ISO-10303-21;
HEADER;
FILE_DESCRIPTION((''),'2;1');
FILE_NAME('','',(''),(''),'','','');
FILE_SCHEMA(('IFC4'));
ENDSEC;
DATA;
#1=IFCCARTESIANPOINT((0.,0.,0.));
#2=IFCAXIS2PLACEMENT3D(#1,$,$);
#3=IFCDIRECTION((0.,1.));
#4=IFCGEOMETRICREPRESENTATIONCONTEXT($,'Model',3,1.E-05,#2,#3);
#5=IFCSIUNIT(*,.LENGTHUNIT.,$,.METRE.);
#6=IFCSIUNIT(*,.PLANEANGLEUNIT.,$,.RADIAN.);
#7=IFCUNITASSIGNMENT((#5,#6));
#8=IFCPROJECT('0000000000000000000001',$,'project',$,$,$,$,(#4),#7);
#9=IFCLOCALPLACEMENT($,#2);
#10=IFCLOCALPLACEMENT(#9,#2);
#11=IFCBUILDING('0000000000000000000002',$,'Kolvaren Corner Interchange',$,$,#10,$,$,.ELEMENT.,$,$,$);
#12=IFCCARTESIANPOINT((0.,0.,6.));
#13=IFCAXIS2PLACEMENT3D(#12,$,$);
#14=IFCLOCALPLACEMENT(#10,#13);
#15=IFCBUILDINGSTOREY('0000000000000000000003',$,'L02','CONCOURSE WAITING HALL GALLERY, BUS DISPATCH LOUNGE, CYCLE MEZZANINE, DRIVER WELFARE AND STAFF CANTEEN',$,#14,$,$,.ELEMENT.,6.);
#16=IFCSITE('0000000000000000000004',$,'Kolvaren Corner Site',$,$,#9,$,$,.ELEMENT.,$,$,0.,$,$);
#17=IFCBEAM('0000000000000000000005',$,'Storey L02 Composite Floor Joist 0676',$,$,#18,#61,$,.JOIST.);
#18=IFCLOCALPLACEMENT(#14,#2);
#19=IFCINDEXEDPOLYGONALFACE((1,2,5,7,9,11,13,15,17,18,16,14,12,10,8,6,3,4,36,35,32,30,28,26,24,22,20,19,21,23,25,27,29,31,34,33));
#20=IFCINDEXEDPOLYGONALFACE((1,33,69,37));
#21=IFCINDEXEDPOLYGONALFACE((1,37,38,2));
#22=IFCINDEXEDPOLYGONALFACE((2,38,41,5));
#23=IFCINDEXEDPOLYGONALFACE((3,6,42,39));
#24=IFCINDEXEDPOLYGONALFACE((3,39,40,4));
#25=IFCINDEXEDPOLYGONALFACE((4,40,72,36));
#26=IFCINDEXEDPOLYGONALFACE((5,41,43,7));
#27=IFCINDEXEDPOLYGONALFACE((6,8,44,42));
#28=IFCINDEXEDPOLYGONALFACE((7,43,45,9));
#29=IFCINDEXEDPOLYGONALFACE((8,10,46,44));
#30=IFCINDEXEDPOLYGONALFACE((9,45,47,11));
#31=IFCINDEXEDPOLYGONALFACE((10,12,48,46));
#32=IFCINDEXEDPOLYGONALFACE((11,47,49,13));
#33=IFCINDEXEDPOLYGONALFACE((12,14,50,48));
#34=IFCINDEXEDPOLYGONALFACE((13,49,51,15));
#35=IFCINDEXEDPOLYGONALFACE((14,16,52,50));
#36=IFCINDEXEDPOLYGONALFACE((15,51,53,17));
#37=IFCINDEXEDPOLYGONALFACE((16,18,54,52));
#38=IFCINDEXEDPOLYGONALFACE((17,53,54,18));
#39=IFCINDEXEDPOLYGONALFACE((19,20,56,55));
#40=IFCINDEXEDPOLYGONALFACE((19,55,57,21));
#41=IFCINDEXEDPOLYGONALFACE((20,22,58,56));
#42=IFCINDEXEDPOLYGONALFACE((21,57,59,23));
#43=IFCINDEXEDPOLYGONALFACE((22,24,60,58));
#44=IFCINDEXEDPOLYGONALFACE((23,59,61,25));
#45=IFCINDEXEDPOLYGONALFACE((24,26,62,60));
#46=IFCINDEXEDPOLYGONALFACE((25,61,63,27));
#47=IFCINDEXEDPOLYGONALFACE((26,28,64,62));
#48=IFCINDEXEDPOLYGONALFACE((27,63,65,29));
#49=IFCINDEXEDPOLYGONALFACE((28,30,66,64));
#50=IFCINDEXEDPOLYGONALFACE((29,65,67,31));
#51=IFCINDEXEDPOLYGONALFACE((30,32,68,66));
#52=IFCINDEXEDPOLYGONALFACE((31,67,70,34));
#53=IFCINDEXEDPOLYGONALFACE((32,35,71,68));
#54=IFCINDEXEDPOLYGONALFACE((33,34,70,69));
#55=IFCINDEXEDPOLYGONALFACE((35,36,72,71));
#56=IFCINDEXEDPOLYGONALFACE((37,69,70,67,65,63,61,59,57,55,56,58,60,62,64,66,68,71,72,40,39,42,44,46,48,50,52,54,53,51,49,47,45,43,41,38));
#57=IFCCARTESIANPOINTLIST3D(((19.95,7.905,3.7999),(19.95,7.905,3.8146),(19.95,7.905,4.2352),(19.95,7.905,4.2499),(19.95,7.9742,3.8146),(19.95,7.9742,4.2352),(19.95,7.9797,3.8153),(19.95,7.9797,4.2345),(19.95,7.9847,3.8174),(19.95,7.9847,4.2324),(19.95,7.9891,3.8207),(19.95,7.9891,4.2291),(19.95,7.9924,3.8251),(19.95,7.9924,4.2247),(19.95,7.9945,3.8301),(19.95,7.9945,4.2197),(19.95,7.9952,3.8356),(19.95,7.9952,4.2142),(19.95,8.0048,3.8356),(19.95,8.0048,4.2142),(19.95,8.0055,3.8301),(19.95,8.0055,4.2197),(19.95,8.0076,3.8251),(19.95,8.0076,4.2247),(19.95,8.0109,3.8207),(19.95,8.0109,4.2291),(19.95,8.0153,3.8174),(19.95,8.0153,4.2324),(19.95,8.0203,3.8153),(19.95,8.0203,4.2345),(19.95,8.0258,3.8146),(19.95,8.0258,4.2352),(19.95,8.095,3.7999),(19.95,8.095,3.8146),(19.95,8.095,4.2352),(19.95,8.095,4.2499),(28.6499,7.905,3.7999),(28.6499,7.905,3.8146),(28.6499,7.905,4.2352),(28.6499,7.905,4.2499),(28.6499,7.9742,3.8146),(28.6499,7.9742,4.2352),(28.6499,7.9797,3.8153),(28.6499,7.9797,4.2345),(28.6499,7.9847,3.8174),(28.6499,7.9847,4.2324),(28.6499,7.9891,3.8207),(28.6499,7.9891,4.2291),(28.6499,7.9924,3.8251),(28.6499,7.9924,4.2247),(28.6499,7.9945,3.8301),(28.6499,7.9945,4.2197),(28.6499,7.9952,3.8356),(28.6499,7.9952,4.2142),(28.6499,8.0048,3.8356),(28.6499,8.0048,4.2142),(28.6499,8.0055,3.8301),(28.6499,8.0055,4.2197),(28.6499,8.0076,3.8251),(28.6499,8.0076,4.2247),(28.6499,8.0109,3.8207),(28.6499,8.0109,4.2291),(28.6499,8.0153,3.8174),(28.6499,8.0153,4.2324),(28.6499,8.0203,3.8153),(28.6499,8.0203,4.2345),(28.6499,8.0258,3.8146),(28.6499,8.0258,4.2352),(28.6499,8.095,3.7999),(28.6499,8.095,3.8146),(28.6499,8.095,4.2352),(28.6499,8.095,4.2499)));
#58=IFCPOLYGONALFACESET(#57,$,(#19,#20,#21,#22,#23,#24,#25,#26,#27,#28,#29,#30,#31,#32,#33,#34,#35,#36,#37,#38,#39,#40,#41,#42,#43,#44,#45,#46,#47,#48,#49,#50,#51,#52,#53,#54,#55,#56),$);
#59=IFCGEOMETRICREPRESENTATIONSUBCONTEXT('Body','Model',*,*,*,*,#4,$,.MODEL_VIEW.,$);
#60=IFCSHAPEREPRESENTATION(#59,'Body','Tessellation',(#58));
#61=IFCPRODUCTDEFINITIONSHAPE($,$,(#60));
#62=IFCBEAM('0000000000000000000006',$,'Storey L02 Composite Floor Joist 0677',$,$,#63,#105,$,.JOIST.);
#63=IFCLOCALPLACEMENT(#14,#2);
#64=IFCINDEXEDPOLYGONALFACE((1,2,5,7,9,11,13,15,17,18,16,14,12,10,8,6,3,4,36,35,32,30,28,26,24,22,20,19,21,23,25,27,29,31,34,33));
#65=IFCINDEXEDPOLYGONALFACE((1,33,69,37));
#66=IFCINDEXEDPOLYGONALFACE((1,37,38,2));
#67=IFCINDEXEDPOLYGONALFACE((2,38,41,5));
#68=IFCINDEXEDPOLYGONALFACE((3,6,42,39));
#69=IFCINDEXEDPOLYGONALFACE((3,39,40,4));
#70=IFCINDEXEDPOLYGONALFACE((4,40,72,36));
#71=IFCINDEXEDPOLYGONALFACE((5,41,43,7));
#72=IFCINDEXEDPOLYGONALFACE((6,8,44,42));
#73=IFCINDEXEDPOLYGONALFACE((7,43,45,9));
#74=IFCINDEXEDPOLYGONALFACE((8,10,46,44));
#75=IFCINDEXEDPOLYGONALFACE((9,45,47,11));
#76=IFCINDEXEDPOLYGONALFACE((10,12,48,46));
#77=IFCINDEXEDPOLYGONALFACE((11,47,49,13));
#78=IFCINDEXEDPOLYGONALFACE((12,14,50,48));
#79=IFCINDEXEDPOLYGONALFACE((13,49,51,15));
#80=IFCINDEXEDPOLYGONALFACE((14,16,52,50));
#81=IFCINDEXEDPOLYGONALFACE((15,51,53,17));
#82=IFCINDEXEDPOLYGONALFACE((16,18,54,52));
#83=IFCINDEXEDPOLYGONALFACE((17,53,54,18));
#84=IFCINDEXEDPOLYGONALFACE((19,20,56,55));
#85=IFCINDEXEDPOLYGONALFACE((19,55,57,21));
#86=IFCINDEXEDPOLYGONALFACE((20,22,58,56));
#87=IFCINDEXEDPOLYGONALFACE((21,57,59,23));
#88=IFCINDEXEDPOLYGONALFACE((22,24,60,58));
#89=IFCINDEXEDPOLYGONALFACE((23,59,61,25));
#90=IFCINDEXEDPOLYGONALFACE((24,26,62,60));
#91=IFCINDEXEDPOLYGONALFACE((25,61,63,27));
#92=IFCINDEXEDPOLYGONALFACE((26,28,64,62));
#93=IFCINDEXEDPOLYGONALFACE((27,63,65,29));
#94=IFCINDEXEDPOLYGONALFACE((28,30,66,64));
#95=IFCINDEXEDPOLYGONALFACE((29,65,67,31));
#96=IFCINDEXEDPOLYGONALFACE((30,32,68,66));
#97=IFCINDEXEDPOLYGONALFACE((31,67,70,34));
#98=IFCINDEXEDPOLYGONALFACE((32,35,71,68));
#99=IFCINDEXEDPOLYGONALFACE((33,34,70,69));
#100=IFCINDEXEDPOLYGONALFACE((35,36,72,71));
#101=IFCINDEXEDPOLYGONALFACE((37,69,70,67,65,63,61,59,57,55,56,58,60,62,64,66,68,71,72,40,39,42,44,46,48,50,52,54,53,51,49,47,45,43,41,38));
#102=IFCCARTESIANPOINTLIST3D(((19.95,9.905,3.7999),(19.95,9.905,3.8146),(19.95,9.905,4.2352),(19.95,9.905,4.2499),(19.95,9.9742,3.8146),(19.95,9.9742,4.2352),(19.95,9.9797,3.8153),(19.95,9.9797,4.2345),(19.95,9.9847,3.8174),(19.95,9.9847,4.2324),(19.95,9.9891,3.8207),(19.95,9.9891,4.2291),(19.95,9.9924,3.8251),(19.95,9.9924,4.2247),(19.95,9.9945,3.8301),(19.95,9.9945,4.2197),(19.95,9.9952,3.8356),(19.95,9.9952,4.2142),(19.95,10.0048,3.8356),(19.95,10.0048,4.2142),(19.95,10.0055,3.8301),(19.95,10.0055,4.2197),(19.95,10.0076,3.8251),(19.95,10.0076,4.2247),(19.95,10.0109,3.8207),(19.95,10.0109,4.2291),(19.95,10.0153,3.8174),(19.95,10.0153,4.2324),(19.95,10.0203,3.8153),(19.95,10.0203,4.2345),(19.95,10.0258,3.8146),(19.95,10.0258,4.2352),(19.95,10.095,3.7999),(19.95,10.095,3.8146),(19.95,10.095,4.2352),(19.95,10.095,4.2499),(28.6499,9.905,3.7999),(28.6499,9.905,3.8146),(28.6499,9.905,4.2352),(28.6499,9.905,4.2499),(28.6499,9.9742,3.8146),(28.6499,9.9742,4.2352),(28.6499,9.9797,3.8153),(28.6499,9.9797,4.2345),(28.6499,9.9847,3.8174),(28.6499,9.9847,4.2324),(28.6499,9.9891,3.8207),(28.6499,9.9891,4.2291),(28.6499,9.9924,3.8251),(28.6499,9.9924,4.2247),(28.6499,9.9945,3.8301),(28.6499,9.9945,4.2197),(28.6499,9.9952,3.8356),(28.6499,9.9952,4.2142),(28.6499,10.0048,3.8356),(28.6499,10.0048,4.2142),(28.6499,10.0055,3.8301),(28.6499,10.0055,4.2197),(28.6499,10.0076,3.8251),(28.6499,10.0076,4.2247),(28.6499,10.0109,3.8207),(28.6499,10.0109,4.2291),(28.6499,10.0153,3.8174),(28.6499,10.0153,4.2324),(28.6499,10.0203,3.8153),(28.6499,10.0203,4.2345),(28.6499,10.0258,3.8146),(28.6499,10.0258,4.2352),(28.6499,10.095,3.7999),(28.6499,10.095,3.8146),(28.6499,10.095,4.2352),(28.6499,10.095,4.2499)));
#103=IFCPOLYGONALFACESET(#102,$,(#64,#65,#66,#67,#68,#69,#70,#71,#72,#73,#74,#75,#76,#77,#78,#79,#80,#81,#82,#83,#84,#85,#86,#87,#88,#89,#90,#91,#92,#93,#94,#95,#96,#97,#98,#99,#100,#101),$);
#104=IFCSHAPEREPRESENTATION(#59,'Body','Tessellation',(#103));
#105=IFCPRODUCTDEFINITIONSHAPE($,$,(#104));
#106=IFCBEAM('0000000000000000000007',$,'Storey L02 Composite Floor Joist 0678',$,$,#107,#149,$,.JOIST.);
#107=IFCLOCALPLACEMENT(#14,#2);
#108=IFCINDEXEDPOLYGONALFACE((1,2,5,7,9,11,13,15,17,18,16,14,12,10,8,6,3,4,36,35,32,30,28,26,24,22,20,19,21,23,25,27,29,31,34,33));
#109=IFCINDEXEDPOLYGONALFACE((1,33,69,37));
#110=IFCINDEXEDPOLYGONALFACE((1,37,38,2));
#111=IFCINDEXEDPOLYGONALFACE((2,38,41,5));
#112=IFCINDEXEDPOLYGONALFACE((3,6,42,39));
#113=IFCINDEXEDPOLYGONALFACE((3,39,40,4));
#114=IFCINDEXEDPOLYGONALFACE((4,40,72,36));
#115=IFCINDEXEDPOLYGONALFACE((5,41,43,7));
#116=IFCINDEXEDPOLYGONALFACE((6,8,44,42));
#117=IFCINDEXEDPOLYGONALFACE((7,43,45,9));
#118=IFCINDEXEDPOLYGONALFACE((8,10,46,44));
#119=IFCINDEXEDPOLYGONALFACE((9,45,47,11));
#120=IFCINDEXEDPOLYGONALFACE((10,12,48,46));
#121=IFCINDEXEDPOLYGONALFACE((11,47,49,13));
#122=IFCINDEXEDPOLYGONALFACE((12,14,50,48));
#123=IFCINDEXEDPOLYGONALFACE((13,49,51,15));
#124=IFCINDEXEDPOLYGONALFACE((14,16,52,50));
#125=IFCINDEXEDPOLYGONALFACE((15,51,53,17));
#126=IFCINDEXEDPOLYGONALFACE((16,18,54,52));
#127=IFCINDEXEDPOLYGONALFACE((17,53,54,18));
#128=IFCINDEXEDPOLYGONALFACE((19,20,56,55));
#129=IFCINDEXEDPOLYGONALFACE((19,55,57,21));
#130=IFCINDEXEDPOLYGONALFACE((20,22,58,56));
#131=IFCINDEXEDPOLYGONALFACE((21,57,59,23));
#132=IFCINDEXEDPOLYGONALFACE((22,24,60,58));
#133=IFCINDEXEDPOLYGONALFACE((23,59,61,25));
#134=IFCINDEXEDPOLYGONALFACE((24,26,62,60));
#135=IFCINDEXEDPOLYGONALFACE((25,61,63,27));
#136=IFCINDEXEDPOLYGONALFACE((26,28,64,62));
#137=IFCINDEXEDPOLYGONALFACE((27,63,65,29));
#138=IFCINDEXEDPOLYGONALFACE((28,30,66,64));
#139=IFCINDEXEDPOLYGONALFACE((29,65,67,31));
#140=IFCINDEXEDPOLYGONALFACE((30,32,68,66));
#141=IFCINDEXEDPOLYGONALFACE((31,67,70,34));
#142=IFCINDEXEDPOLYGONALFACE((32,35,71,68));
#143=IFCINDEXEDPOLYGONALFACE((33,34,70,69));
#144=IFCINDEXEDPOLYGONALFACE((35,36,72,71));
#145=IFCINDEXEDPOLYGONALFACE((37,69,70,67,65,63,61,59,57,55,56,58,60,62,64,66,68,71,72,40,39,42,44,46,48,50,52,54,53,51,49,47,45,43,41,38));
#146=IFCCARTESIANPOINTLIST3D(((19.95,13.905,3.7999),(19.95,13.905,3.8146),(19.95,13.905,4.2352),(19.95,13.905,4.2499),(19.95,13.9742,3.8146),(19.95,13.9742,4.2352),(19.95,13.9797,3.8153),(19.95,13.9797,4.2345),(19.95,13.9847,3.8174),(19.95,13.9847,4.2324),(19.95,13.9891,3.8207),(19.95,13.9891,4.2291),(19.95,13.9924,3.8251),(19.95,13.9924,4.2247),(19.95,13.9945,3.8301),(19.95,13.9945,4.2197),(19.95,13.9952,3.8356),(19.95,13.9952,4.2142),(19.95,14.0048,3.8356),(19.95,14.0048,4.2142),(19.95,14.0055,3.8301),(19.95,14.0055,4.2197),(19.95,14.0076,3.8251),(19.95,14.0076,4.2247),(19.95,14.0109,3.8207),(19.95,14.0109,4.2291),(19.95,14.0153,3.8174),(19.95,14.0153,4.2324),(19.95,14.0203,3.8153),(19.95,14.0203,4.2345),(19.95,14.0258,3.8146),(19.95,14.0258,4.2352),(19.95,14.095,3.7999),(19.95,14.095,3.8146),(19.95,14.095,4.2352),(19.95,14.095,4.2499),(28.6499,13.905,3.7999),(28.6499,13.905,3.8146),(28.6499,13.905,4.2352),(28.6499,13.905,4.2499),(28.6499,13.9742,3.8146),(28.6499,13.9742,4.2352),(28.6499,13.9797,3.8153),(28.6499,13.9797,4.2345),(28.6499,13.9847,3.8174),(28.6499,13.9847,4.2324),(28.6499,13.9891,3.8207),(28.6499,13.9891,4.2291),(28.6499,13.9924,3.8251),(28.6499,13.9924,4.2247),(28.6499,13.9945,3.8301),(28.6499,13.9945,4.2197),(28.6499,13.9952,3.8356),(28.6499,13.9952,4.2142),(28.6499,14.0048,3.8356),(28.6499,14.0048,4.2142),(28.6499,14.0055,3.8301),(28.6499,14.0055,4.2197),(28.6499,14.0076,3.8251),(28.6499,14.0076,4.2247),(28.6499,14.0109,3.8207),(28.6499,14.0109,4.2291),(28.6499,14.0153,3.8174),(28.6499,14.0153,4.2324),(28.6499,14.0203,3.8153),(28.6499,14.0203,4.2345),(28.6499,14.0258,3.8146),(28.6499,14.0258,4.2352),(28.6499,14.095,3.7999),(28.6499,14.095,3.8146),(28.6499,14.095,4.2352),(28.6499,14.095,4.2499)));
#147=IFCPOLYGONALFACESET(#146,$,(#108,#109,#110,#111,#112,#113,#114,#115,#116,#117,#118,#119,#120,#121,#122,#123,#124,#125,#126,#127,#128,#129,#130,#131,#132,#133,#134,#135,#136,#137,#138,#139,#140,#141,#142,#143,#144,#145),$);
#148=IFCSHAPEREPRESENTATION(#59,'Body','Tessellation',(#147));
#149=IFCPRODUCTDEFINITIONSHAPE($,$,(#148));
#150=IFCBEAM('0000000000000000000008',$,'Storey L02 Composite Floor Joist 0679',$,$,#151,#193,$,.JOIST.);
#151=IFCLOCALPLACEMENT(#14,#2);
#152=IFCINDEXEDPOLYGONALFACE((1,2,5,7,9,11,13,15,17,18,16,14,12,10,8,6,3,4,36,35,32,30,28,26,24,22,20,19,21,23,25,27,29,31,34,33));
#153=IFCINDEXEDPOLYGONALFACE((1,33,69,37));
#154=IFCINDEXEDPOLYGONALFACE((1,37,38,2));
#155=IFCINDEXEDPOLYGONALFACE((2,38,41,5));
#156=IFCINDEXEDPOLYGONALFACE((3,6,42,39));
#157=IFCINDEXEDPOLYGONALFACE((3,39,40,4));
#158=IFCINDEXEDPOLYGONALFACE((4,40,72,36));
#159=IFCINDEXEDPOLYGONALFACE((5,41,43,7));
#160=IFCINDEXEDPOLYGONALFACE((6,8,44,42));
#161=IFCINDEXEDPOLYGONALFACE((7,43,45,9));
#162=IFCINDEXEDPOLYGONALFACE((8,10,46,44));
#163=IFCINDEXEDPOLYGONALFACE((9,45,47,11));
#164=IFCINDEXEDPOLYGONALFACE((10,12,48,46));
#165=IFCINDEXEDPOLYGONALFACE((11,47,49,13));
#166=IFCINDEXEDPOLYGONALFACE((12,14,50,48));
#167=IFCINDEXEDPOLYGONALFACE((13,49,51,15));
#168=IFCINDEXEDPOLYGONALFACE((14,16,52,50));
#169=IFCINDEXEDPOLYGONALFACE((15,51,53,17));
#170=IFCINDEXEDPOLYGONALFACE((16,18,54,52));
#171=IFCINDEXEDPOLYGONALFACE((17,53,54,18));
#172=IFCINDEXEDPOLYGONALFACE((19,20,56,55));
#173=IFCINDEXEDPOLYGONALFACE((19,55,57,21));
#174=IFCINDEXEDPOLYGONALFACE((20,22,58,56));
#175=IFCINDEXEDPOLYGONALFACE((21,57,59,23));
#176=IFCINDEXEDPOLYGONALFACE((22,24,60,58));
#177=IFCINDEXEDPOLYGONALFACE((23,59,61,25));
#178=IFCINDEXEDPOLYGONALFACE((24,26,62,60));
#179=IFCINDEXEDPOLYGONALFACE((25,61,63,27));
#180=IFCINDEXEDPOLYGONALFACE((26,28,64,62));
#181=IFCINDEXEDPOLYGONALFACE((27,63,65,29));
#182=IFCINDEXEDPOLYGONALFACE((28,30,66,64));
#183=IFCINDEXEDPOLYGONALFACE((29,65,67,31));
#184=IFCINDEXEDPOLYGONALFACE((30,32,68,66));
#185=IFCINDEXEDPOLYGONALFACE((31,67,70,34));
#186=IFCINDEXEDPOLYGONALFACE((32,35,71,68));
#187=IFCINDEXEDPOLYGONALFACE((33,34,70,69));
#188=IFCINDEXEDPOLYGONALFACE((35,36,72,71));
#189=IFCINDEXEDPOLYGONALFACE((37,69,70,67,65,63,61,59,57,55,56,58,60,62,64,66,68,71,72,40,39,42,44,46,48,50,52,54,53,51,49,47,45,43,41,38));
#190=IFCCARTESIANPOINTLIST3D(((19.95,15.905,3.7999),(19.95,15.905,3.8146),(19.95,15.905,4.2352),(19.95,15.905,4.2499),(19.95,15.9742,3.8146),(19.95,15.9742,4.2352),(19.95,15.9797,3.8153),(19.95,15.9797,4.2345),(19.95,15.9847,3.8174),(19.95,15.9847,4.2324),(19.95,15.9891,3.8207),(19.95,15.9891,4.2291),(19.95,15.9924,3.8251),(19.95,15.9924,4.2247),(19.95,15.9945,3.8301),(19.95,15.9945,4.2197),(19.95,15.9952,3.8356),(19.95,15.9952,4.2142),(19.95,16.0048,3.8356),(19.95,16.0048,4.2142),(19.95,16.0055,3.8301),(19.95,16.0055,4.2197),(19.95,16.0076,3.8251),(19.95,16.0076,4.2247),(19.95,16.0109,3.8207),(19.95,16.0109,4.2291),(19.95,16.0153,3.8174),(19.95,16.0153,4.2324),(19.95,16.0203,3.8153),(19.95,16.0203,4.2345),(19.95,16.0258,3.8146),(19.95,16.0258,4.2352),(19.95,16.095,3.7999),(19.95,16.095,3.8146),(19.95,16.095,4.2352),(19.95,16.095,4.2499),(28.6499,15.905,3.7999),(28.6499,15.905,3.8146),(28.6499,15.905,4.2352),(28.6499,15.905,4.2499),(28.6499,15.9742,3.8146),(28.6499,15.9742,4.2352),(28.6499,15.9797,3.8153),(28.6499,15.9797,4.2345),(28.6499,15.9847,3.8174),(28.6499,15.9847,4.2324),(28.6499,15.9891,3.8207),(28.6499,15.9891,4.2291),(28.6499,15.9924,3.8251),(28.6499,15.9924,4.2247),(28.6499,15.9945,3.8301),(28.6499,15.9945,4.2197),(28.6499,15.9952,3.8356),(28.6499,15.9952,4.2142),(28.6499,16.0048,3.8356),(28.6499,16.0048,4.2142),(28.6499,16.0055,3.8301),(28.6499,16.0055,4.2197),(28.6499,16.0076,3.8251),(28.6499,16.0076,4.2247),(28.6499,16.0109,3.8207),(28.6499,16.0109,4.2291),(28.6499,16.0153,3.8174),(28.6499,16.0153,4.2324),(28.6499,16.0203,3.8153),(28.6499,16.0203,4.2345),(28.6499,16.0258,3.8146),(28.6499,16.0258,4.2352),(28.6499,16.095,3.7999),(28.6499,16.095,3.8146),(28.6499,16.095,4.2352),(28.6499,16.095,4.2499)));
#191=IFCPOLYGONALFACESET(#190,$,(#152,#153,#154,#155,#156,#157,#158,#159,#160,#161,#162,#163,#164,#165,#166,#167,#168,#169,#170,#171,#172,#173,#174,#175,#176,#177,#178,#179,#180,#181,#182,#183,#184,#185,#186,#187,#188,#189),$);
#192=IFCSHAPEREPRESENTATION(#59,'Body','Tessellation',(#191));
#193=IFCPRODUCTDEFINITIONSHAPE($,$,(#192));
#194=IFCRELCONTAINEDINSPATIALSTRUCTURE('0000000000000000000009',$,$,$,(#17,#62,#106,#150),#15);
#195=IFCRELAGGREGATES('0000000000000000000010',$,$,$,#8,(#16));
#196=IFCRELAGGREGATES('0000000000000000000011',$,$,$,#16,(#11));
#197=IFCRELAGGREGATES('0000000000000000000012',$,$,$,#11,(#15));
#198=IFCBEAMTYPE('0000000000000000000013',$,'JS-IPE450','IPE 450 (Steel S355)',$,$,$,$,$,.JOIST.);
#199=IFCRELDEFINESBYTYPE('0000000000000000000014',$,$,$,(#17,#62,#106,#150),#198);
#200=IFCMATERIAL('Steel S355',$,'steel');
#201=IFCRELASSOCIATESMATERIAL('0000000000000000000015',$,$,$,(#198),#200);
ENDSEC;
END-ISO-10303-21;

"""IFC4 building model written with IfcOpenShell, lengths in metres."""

from ifc_helpers import new_model, si_unit, direction, frame, origin, origin_2d, place, context, subcontext, project, spatial, i_section, extrude, material, material_profile, profile_set, type_object, element, save


model = new_model("IFC4")

# Units and contexts
model_context = context("Model", 3, precision=1e-05, world=origin(), true_north=direction((0.0, 1.0)))
body_context = subcontext(model_context, "Body", "Model", "MODEL_VIEW")
ifc_project = project(units=[si_unit("LENGTHUNIT", "METRE"), si_unit("PLANEANGLEUNIT", "RADIAN")], contexts=[model_context])

# Site, building, storey
site_placement = place(None, origin())
site = spatial("IfcSite", under=ifc_project, at=site_placement, Name="Kolvaren Corner Site", CompositionType="ELEMENT", RefElevation=0.0)
building_placement = place(site_placement, origin())
building = spatial("IfcBuilding", under=site, at=building_placement, Name="Kolvaren Corner Interchange", CompositionType="ELEMENT")
storey_placement = place(building_placement, frame((0.0, 0.0, 6.0)))
storey = spatial("IfcBuildingStorey", under=building, at=storey_placement, Name="L02", Description="CONCOURSE WAITING HALL GALLERY, BUS DISPATCH LOUNGE, CYCLE MEZZANINE, DRIVER WELFARE AND STAFF CANTEEN", CompositionType="ELEMENT", Elevation=6.0)

# Beams
ifc_material_1 = material(Name="Steel S355", Category="steel")
ifc_material_profile_1 = material_profile(ifc_material_1, i_section(OverallWidth=0.1899, OverallDepth=0.45, WebThickness=0.0095, FlangeThickness=0.0146, FilletRadius=0.021, at=origin_2d()), Name="IPE 450")
ifc_profile_set_1 = profile_set([ifc_material_profile_1], Name="Steel S355")
beam_type_1 = type_object("IfcBeamType", Name="JS-IPE450", Description="IPE 450 (Steel S355)", PredefinedType="JOIST", material=ifc_profile_set_1)
for number, where, z_axis, x_axis, name in (
    (1, (19.95, 8.0, 4.0249), (1.0, 0.0, 0.0), (0.0, 1.0, 0.0), "Storey L02 Composite Floor Joist 0676"),
    (2, (19.95, 10.0, 4.0249), (1.0, 0.0, 0.0), (0.0, 1.0, 0.0), "Storey L02 Composite Floor Joist 0677"),
    (3, (19.95, 14.0, 4.0249), (1.0, 0.0, 0.0), (0.0, 1.0, 0.0), "Storey L02 Composite Floor Joist 0678"),
    (4, (19.95, 16.0, 4.0249), (1.0, 0.0, 0.0), (0.0, 1.0, 0.0), "Storey L02 Composite Floor Joist 0679"),
):
    element("IfcBeam", number, at=place(storey_placement, frame(where, z_axis=z_axis, x_axis=x_axis)), inside=storey, type_object=beam_type_1, Name=name, PredefinedType="JOIST", context=body_context, shape_type="SweptSolid", body=[
        extrude(i_section(OverallWidth=0.1899, OverallDepth=0.45, WebThickness=0.0095, FlangeThickness=0.0146, FilletRadius=0.021, at=origin_2d()), origin(), (0.0, 0.0, 1.0), 8.7),
    ])

save(model, "model.ifc")
